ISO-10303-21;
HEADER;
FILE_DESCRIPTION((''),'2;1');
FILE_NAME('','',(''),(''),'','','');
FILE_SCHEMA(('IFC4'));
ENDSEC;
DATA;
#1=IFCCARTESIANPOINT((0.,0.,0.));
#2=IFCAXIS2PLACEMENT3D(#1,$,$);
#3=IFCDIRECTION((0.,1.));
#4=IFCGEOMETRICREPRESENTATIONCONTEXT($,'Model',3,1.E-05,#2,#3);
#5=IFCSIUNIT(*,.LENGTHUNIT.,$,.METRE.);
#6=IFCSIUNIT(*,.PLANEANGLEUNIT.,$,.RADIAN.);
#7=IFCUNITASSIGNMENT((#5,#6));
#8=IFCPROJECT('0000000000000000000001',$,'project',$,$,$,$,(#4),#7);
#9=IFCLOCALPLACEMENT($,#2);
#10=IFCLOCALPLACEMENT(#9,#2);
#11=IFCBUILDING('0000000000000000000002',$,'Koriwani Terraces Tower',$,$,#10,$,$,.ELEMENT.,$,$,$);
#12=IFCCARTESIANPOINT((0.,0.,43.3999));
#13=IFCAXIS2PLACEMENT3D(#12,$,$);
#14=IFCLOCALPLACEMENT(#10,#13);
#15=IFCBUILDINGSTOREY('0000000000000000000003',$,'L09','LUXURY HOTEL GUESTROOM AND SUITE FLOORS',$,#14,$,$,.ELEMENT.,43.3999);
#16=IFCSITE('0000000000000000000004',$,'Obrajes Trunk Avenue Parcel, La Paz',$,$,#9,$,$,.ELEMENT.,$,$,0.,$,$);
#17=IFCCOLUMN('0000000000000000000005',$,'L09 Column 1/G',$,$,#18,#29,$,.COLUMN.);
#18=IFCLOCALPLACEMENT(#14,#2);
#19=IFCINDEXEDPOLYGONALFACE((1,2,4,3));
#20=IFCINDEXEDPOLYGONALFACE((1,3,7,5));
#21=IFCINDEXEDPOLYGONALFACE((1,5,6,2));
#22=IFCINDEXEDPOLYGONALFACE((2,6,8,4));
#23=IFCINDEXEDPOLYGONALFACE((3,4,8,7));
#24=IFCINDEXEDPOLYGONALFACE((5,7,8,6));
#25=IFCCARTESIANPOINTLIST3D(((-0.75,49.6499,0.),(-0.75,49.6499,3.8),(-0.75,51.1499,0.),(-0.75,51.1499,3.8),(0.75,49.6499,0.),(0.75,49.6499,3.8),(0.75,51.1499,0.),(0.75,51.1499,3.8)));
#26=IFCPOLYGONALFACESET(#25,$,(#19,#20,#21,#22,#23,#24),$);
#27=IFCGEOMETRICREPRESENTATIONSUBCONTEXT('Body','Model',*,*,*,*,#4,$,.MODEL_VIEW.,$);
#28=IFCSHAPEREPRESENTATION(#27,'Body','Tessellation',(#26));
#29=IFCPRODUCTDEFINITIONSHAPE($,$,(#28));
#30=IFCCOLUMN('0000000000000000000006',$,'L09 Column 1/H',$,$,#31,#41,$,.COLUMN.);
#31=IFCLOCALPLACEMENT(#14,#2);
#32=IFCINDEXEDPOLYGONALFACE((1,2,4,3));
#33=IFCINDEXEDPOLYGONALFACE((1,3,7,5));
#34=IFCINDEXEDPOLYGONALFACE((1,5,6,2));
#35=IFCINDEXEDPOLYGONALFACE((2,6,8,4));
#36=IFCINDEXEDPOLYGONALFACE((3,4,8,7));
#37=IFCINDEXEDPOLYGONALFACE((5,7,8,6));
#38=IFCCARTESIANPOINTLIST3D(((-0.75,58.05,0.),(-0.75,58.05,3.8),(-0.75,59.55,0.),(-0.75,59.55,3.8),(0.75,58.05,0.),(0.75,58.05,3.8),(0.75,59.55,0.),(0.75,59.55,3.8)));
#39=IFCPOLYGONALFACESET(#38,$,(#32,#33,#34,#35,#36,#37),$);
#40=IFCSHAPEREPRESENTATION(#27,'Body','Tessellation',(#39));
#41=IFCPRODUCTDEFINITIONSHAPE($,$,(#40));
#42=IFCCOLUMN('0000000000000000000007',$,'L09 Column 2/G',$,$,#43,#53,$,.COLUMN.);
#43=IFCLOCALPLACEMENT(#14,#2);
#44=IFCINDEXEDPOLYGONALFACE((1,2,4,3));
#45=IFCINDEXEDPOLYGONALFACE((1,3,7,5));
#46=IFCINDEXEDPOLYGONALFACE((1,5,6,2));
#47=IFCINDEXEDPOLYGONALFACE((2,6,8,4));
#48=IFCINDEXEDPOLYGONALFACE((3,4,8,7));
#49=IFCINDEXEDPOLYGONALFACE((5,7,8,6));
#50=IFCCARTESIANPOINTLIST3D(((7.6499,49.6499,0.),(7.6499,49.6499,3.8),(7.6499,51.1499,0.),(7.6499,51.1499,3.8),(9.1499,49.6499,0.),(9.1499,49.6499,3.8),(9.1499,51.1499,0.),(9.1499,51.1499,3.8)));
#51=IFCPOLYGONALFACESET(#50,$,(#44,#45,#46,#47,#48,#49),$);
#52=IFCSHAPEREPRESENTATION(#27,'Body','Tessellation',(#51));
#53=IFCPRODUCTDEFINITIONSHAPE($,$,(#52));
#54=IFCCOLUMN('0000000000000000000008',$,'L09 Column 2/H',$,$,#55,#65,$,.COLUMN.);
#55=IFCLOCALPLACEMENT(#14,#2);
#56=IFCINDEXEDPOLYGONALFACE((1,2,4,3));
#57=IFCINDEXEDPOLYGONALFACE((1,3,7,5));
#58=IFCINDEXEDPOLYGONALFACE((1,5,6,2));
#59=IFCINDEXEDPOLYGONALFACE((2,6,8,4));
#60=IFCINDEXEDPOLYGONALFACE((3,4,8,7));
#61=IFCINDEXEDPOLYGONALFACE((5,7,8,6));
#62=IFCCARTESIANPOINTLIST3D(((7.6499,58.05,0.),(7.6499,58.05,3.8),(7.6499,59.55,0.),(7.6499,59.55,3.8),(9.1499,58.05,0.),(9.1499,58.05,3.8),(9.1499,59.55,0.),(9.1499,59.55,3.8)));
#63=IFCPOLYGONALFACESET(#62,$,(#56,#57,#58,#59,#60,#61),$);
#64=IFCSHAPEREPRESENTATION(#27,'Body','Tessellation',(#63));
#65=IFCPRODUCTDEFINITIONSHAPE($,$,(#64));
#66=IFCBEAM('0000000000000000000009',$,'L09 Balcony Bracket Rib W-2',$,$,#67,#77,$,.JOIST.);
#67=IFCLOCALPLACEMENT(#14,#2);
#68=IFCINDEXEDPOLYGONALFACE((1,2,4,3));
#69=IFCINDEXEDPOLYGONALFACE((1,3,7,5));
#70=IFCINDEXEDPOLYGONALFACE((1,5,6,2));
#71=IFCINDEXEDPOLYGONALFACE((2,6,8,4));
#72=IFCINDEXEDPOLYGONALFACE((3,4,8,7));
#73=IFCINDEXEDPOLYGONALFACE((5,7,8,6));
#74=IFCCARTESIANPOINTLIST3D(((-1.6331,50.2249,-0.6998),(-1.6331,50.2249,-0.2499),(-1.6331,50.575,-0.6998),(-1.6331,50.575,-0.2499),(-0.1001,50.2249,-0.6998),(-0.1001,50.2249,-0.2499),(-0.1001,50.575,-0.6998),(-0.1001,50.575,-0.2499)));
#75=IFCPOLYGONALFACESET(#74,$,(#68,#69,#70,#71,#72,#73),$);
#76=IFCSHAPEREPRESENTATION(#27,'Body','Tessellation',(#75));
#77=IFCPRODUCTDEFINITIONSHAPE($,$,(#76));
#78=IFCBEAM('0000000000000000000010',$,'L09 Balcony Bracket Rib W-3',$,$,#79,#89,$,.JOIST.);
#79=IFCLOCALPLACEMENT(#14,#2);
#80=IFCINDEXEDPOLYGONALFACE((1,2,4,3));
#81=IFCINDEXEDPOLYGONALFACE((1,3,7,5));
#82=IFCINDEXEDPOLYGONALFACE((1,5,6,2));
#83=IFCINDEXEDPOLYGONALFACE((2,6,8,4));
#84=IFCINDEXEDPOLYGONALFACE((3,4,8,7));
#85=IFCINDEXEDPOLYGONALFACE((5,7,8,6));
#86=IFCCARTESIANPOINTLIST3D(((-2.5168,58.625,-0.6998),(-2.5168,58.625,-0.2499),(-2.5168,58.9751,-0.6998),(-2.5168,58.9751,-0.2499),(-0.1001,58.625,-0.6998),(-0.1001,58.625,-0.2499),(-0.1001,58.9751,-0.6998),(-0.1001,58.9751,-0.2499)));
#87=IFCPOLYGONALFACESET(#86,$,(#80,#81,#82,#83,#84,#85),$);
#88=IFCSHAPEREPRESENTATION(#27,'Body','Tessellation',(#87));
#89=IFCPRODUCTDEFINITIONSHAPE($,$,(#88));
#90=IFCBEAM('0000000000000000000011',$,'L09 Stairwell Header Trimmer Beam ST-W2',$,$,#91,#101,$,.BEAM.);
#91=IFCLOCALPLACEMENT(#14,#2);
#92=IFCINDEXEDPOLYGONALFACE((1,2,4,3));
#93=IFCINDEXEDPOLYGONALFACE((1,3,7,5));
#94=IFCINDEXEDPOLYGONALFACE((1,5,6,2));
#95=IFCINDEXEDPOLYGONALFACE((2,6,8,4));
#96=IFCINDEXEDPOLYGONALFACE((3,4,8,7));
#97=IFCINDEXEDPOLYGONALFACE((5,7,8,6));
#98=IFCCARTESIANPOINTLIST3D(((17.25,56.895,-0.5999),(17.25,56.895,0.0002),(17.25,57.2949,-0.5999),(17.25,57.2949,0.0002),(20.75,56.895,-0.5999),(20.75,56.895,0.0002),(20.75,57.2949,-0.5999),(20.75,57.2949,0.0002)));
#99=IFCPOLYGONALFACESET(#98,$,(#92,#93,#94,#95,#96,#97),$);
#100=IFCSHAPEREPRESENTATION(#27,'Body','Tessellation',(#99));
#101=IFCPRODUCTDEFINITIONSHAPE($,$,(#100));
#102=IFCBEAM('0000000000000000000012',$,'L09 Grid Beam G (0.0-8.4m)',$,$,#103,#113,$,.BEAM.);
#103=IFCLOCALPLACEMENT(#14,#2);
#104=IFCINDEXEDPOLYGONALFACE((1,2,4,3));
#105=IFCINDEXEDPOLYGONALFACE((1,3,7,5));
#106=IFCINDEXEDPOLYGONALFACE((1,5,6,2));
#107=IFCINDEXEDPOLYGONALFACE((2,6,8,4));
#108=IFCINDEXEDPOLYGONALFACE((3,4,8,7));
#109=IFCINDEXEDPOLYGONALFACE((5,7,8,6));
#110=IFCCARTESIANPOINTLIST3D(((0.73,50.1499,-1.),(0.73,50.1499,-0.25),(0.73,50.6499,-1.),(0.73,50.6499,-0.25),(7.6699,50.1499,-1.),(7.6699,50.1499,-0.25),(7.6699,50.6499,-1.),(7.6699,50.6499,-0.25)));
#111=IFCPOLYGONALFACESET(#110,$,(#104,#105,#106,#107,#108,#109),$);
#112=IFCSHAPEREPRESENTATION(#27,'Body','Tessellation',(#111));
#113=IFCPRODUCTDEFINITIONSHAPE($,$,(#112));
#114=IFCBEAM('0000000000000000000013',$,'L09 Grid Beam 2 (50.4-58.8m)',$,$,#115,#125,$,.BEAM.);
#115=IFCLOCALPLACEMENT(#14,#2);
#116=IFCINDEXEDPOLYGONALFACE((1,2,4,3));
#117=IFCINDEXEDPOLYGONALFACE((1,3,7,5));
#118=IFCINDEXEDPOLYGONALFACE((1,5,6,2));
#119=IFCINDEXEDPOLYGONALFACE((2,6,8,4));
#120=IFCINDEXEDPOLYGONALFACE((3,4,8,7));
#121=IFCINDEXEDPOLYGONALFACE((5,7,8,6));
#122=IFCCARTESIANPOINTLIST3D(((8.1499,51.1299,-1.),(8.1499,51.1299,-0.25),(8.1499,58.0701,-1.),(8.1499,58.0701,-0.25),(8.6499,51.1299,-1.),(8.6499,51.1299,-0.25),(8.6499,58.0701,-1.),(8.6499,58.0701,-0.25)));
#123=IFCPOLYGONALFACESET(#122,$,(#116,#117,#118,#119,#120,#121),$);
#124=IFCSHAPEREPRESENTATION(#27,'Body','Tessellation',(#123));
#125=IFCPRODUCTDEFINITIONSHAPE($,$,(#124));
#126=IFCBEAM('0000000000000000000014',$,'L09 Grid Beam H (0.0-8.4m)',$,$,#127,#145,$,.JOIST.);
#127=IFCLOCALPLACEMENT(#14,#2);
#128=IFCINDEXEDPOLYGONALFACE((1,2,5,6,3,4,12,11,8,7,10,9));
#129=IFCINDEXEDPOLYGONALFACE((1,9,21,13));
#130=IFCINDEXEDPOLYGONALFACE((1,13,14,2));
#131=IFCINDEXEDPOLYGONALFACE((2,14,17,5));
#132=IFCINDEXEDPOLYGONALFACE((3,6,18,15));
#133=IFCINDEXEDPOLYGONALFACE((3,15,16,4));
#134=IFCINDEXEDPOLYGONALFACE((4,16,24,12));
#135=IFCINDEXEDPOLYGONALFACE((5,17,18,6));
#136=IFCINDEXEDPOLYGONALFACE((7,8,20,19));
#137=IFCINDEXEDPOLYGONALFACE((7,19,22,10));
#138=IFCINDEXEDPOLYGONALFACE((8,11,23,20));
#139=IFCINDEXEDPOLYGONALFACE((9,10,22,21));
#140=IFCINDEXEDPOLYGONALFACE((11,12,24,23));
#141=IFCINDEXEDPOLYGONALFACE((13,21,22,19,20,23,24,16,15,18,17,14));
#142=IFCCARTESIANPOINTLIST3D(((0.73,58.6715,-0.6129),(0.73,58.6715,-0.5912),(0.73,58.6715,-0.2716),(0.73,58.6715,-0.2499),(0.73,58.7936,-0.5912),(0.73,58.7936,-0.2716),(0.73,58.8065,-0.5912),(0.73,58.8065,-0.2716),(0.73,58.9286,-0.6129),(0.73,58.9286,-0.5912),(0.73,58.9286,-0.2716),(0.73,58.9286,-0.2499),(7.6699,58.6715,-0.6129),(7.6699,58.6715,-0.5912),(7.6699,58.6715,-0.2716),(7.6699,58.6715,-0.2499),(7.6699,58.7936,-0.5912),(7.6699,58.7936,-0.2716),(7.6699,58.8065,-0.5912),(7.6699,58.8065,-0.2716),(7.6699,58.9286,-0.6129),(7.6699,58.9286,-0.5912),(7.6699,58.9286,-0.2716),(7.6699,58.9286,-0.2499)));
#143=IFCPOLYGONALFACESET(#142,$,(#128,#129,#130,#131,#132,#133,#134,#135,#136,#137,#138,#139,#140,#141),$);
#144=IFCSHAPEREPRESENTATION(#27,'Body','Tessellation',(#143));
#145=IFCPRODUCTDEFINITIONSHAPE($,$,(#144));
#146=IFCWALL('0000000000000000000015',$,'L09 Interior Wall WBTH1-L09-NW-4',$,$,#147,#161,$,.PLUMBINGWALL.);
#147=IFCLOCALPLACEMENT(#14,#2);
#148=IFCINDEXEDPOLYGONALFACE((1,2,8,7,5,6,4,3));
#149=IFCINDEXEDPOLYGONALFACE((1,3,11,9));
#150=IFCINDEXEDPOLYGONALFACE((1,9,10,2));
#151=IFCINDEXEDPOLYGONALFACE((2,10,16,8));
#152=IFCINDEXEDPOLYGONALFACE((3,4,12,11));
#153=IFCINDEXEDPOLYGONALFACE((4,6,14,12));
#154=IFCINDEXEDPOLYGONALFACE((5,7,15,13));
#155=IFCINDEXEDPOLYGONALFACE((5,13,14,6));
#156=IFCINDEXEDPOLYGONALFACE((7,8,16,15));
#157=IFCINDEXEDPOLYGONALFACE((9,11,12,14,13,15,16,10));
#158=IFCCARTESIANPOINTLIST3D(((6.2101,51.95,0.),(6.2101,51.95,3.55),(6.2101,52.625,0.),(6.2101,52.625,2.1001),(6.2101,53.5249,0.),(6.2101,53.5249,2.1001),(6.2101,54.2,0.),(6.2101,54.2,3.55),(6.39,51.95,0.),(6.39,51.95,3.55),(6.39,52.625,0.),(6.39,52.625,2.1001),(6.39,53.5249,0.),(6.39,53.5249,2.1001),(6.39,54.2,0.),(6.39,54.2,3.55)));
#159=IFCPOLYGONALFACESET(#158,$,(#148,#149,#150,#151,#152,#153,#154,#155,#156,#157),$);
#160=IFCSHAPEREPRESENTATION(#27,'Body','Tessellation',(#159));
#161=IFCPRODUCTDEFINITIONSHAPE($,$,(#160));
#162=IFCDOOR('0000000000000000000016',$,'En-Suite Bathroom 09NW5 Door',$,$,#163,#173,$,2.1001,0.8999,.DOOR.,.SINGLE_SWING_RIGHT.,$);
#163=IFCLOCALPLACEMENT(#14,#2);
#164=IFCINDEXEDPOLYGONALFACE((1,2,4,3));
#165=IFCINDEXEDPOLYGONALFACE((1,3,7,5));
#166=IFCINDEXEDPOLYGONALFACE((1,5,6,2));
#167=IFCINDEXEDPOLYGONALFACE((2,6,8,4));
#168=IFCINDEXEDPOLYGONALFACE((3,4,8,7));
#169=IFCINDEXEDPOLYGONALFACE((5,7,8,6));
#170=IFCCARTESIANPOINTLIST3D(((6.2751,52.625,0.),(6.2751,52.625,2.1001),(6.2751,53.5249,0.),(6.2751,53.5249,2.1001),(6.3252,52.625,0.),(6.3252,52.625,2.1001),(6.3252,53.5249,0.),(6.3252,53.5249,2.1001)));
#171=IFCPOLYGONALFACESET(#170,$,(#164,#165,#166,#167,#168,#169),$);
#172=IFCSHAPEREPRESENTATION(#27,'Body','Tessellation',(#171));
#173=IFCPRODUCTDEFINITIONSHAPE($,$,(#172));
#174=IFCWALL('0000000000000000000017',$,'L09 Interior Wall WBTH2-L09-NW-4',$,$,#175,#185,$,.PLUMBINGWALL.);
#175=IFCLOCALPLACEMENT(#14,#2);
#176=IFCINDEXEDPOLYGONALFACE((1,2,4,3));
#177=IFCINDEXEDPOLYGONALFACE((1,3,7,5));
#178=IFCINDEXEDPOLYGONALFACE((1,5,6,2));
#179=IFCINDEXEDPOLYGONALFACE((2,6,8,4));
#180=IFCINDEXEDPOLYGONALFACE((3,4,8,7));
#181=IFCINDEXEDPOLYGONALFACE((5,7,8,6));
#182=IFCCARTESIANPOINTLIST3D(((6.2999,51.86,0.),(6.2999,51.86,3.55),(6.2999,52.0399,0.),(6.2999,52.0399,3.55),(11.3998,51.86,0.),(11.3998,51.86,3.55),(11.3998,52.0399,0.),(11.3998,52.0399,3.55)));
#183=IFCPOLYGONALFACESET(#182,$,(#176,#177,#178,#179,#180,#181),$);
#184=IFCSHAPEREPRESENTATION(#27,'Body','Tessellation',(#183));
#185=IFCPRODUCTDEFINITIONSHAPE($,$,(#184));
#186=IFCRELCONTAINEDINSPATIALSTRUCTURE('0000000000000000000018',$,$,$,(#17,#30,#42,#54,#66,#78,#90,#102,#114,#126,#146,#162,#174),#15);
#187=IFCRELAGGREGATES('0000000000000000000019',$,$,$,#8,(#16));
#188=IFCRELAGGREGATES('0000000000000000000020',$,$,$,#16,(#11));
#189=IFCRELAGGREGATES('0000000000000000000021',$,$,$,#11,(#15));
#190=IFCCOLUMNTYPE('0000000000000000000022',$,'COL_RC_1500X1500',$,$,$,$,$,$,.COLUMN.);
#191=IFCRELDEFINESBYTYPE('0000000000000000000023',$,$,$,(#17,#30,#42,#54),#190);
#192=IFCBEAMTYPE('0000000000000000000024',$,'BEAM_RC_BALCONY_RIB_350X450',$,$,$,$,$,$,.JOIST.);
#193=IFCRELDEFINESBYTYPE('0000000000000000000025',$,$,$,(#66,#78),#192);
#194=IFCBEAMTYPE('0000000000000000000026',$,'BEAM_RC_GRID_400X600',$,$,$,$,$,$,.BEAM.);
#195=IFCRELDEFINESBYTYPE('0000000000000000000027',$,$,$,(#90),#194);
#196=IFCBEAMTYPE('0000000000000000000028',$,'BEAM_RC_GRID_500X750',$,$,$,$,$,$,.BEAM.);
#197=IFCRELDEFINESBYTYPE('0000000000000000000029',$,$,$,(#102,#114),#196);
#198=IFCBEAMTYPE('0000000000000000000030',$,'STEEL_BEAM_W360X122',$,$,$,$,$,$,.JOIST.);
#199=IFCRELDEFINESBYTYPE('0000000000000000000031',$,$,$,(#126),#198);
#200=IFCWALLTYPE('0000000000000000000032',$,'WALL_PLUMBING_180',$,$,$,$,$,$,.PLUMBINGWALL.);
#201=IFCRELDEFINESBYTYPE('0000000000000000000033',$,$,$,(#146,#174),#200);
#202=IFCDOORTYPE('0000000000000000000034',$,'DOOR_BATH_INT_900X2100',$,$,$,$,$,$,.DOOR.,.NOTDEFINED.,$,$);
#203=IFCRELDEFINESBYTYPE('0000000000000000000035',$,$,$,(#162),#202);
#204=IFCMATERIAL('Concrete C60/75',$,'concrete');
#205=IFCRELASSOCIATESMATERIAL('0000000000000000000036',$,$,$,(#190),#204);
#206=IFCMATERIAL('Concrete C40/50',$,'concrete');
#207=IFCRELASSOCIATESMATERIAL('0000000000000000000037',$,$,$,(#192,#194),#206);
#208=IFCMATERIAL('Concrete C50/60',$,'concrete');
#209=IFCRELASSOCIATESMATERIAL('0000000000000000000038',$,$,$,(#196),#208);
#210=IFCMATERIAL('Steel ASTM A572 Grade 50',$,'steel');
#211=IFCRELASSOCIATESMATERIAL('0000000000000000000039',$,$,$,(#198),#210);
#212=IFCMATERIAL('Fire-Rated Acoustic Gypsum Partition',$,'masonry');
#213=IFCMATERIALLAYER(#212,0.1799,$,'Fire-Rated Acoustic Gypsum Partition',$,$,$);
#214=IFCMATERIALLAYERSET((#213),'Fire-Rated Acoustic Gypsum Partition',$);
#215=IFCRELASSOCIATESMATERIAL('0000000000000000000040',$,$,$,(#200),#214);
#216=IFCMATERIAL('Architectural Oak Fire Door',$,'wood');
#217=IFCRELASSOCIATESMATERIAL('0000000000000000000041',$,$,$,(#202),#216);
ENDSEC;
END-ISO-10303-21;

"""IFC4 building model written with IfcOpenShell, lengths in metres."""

from ifc_helpers import new_model, si_unit, direction, frame, frame_2d, origin, origin_2d, place, context, subcontext, project, spatial, rectangle, i_section, extrude, material, layer, layer_set, material_profile, profile_set, type_object, element, fill, save


model = new_model("IFC4")

# Units and contexts
model_context = context("Model", 3, precision=1e-05, world=origin(), true_north=direction((0.0, 1.0)))
body_context = subcontext(model_context, "Body", "Model", "MODEL_VIEW")
ifc_project = project(units=[si_unit("LENGTHUNIT", "METRE"), si_unit("PLANEANGLEUNIT", "RADIAN")], contexts=[model_context])

# Site, building, storey
site_placement = place(None, origin())
site = spatial("IfcSite", under=ifc_project, at=site_placement, Name="Obrajes Trunk Avenue Parcel, La Paz", CompositionType="ELEMENT", RefElevation=0.0)
building_placement = place(site_placement, origin())
building = spatial("IfcBuilding", under=site, at=building_placement, Name="Koriwani Terraces Tower", CompositionType="ELEMENT")
storey_placement = place(building_placement, frame((0.0, 0.0, 43.3999)))
storey = spatial("IfcBuildingStorey", under=building, at=storey_placement, Name="L09", Description="LUXURY HOTEL GUESTROOM AND SUITE FLOORS", CompositionType="ELEMENT", Elevation=43.3999)

# Columns
ifc_material_1 = material(Name="Concrete C60/75", Category="concrete")
ifc_material_profile_1 = material_profile(ifc_material_1, rectangle(XDim=1.5, YDim=1.5, at=origin_2d()), Name="Concrete C60/75", Category="LoadBearing")
ifc_profile_set_1 = profile_set([ifc_material_profile_1], Name="Concrete C60/75")
column_type = type_object("IfcColumnType", Name="COL_RC_1500X1500", PredefinedType="COLUMN", material=ifc_profile_set_1)
for number, where, z_axis, x_axis, name in (
    (1, (0.0, 50.3999, 0.0), (0.0, 0.0, 1.0), (1.0, 0.0, 0.0), "L09 Column 1/G"),
    (2, (0.0, 58.8, 0.0), (0.0, 0.0, 1.0), (1.0, 0.0, 0.0), "L09 Column 1/H"),
    (3, (8.3999, 50.3999, 0.0), (0.0, 0.0, 1.0), (1.0, 0.0, 0.0), "L09 Column 2/G"),
    (4, (8.3999, 58.8, 0.0), (0.0, 0.0, 1.0), (1.0, 0.0, 0.0), "L09 Column 2/H"),
):
    element("IfcColumn", number, at=place(storey_placement, frame(where, z_axis=z_axis, x_axis=x_axis)), inside=storey, type_object=column_type, Name=name, PredefinedType="COLUMN", context=body_context, shape_type="SweptSolid", body=[
        extrude(rectangle(XDim=1.5, YDim=1.5, at=origin_2d()), origin(), (0.0, 0.0, 1.0), 3.8),
    ])

# Beams
ifc_material_2 = material(Name="Concrete C40/50", Category="concrete")
ifc_material_profile_2 = material_profile(ifc_material_2, rectangle(XDim=0.3501, YDim=0.45, at=origin_2d()), Name="Concrete C40/50", Category="LoadBearing")
ifc_profile_set_2 = profile_set([ifc_material_profile_2], Name="Concrete C40/50")
beam_type_1 = type_object("IfcBeamType", Name="BEAM_RC_BALCONY_RIB_350X450", PredefinedType="JOIST", material=ifc_profile_set_2)
beam_1_placement = place(storey_placement, frame((-1.6331, 50.3999, -0.4749), z_axis=(1.0, 0.0, 0.0), x_axis=(0.0, 1.0, 0.0)))
element("IfcBeam", 5, at=beam_1_placement, inside=storey, type_object=beam_type_1, Name="L09 Balcony Bracket Rib W-2", PredefinedType="JOIST", context=body_context, shape_type="SweptSolid", body=[
    extrude(rectangle(XDim=0.3501, YDim=0.45, at=origin_2d()), origin(), (0.0, 0.0, 1.0), 1.533),
])
beam_2_placement = place(storey_placement, frame((-2.5168, 58.8, -0.4749), z_axis=(1.0, 0.0, 0.0), x_axis=(0.0, 1.0, 0.0)))
element("IfcBeam", 6, at=beam_2_placement, inside=storey, type_object=beam_type_1, Name="L09 Balcony Bracket Rib W-3", PredefinedType="JOIST", context=body_context, shape_type="SweptSolid", body=[
    extrude(rectangle(XDim=0.3501, YDim=0.45, at=origin_2d()), origin(), (0.0, 0.0, 1.0), 2.4167),
])
ifc_material_profile_3 = material_profile(ifc_material_2, rectangle(XDim=0.3999, YDim=0.6001, at=origin_2d()), Name="Concrete C40/50", Category="LoadBearing")
ifc_profile_set_3 = profile_set([ifc_material_profile_3], Name="Concrete C40/50")
beam_type_2 = type_object("IfcBeamType", Name="BEAM_RC_GRID_400X600", PredefinedType="BEAM", material=ifc_profile_set_3)
beam_3_placement = place(storey_placement, frame((17.25, 57.095, -0.2998), z_axis=(1.0, 0.0, 0.0), x_axis=(0.0, 1.0, 0.0)))
element("IfcBeam", 7, at=beam_3_placement, inside=storey, type_object=beam_type_2, Name="L09 Stairwell Header Trimmer Beam ST-W2", PredefinedType="BEAM", context=body_context, shape_type="SweptSolid", body=[
    extrude(rectangle(XDim=0.3999, YDim=0.6001, at=origin_2d()), origin(), (0.0, 0.0, 1.0), 3.5),
])
ifc_material_3 = material(Name="Concrete C50/60", Category="concrete")
ifc_material_profile_4 = material_profile(ifc_material_3, rectangle(XDim=0.5, YDim=0.75, at=origin_2d()), Name="Concrete C50/60", Category="LoadBearing")
ifc_profile_set_4 = profile_set([ifc_material_profile_4], Name="Concrete C50/60")
beam_type_3 = type_object("IfcBeamType", Name="BEAM_RC_GRID_500X750", PredefinedType="BEAM", material=ifc_profile_set_4)
beam_4_placement = place(storey_placement, frame((0.73, 50.3999, -0.625), z_axis=(1.0, 0.0, 0.0), x_axis=(0.0, 1.0, 0.0)))
element("IfcBeam", 8, at=beam_4_placement, inside=storey, type_object=beam_type_3, Name="L09 Grid Beam G (0.0-8.4m)", PredefinedType="BEAM", context=body_context, shape_type="SweptSolid", body=[
    extrude(rectangle(XDim=0.5, YDim=0.75, at=origin_2d()), origin(), (0.0, 0.0, 1.0), 6.9399),
])
beam_5_placement = place(storey_placement, frame((8.3999, 51.1299, -0.625), z_axis=(0.0, 1.0, 0.0), x_axis=(-1.0, 0.0, 0.0)))
element("IfcBeam", 9, at=beam_5_placement, inside=storey, type_object=beam_type_3, Name="L09 Grid Beam 2 (50.4-58.8m)", PredefinedType="BEAM", context=body_context, shape_type="SweptSolid", body=[
    extrude(rectangle(XDim=0.5, YDim=0.75, at=origin_2d()), origin(), (0.0, 0.0, 1.0), 6.9402),
])
ifc_material_4 = material(Name="Steel ASTM A572 Grade 50", Category="steel")
ifc_material_profile_5 = material_profile(ifc_material_4, i_section(OverallWidth=0.2571, OverallDepth=0.363, WebThickness=0.0129, FlangeThickness=0.0217, at=origin_2d()), Name="Steel ASTM A572 Grade 50", Category="LoadBearing")
ifc_profile_set_5 = profile_set([ifc_material_profile_5], Name="Steel ASTM A572 Grade 50")
beam_type_4 = type_object("IfcBeamType", Name="STEEL_BEAM_W360X122", PredefinedType="JOIST", material=ifc_profile_set_5)
beam_6_placement = place(storey_placement, frame((0.73, 58.8, -0.4314), z_axis=(1.0, 0.0, 0.0), x_axis=(0.0, 1.0, 0.0)))
element("IfcBeam", 10, at=beam_6_placement, inside=storey, type_object=beam_type_4, Name="L09 Grid Beam H (0.0-8.4m)", PredefinedType="JOIST", context=body_context, shape_type="SweptSolid", body=[
    extrude(i_section(OverallWidth=0.2571, OverallDepth=0.363, WebThickness=0.0129, FlangeThickness=0.0217, at=origin_2d()), origin(), (0.0, 0.0, 1.0), 6.9399),
])

# Wall, opening, door
ifc_material_5 = material(Name="Fire-Rated Acoustic Gypsum Partition", Category="masonry")
ifc_layer_1 = layer(ifc_material_5, 0.1799, Name="Fire-Rated Acoustic Gypsum Partition")
ifc_layer_set_1 = layer_set([ifc_layer_1], Name="Fire-Rated Acoustic Gypsum Partition")
wall_type_1 = type_object("IfcWallType", Name="WALL_PLUMBING_180", PredefinedType="PLUMBINGWALL", material=ifc_layer_set_1)
wall_1_placement = place(storey_placement, frame((6.3, 51.95, 0.0), z_axis=(0.0, 0.0, 1.0), x_axis=(0.0, 1.0, 0.0)))
wall_1 = element("IfcWall", 11, at=wall_1_placement, inside=storey, type_object=wall_type_1, Name="L09 Interior Wall WBTH1-L09-NW-4", PredefinedType="PLUMBINGWALL", context=body_context, shape_type="SweptSolid", body=[
    extrude(rectangle(XDim=2.25, YDim=0.1799, at=frame_2d((1.125, 0.0))), origin(), (0.0, 0.0, 1.0), 3.55),
])
opening_1_placement = place(wall_1_placement, frame((0.675, 0.0, 0.0)))
opening_1 = element("IfcOpeningElement", 12, at=opening_1_placement, cuts=wall_1, PredefinedType="OPENING", context=body_context, shape_type="SweptSolid", body=[
    extrude(rectangle(XDim=0.8999, YDim=2.1001, at=frame_2d((0.45, 1.05))), frame((0.0, 0.1001, 0.0), z_axis=(0.0, -1.0, 0.0), x_axis=(1.0, 0.0, 0.0)), (0.0, 0.0, 1.0), 0.2),
])
ifc_material_6 = material(Name="Architectural Oak Fire Door", Category="wood")
door_type_1 = type_object("IfcDoorType", Name="DOOR_BATH_INT_900X2100", OperationType="NOTDEFINED", PredefinedType="DOOR", material=ifc_material_6)
door_1_placement = place(opening_1_placement, origin())
door_1 = element("IfcDoor", 13, at=door_1_placement, inside=storey, type_object=door_type_1, Name="En-Suite Bathroom 09NW5 Door", OperationType="SINGLE_SWING_RIGHT", OverallHeight=2.1001, OverallWidth=0.8999, PredefinedType="DOOR", context=body_context, shape_type="SweptSolid", body=[
    extrude(rectangle(XDim=0.8999, YDim=2.1001, at=frame_2d((0.45, 1.05))), frame((0.0, 0.0249, 0.0), z_axis=(0.0, -1.0, 0.0), x_axis=(1.0, 0.0, 0.0)), (0.0, 0.0, 1.0), 0.05),
])
fill(opening_1, door_1)

# Wall
wall_2_placement = place(storey_placement, frame((6.3, 51.95, 0.0), z_axis=(0.0, 0.0, 1.0), x_axis=(1.0, 0.0, 0.0)))
element("IfcWall", 14, at=wall_2_placement, inside=storey, type_object=wall_type_1, Name="L09 Interior Wall WBTH2-L09-NW-4", PredefinedType="PLUMBINGWALL", context=body_context, shape_type="SweptSolid", body=[
    extrude(rectangle(XDim=5.0999, YDim=0.1799, at=frame_2d((2.5498, 0.0))), origin(), (0.0, 0.0, 1.0), 3.55),
])

save(model, "model.ifc")
